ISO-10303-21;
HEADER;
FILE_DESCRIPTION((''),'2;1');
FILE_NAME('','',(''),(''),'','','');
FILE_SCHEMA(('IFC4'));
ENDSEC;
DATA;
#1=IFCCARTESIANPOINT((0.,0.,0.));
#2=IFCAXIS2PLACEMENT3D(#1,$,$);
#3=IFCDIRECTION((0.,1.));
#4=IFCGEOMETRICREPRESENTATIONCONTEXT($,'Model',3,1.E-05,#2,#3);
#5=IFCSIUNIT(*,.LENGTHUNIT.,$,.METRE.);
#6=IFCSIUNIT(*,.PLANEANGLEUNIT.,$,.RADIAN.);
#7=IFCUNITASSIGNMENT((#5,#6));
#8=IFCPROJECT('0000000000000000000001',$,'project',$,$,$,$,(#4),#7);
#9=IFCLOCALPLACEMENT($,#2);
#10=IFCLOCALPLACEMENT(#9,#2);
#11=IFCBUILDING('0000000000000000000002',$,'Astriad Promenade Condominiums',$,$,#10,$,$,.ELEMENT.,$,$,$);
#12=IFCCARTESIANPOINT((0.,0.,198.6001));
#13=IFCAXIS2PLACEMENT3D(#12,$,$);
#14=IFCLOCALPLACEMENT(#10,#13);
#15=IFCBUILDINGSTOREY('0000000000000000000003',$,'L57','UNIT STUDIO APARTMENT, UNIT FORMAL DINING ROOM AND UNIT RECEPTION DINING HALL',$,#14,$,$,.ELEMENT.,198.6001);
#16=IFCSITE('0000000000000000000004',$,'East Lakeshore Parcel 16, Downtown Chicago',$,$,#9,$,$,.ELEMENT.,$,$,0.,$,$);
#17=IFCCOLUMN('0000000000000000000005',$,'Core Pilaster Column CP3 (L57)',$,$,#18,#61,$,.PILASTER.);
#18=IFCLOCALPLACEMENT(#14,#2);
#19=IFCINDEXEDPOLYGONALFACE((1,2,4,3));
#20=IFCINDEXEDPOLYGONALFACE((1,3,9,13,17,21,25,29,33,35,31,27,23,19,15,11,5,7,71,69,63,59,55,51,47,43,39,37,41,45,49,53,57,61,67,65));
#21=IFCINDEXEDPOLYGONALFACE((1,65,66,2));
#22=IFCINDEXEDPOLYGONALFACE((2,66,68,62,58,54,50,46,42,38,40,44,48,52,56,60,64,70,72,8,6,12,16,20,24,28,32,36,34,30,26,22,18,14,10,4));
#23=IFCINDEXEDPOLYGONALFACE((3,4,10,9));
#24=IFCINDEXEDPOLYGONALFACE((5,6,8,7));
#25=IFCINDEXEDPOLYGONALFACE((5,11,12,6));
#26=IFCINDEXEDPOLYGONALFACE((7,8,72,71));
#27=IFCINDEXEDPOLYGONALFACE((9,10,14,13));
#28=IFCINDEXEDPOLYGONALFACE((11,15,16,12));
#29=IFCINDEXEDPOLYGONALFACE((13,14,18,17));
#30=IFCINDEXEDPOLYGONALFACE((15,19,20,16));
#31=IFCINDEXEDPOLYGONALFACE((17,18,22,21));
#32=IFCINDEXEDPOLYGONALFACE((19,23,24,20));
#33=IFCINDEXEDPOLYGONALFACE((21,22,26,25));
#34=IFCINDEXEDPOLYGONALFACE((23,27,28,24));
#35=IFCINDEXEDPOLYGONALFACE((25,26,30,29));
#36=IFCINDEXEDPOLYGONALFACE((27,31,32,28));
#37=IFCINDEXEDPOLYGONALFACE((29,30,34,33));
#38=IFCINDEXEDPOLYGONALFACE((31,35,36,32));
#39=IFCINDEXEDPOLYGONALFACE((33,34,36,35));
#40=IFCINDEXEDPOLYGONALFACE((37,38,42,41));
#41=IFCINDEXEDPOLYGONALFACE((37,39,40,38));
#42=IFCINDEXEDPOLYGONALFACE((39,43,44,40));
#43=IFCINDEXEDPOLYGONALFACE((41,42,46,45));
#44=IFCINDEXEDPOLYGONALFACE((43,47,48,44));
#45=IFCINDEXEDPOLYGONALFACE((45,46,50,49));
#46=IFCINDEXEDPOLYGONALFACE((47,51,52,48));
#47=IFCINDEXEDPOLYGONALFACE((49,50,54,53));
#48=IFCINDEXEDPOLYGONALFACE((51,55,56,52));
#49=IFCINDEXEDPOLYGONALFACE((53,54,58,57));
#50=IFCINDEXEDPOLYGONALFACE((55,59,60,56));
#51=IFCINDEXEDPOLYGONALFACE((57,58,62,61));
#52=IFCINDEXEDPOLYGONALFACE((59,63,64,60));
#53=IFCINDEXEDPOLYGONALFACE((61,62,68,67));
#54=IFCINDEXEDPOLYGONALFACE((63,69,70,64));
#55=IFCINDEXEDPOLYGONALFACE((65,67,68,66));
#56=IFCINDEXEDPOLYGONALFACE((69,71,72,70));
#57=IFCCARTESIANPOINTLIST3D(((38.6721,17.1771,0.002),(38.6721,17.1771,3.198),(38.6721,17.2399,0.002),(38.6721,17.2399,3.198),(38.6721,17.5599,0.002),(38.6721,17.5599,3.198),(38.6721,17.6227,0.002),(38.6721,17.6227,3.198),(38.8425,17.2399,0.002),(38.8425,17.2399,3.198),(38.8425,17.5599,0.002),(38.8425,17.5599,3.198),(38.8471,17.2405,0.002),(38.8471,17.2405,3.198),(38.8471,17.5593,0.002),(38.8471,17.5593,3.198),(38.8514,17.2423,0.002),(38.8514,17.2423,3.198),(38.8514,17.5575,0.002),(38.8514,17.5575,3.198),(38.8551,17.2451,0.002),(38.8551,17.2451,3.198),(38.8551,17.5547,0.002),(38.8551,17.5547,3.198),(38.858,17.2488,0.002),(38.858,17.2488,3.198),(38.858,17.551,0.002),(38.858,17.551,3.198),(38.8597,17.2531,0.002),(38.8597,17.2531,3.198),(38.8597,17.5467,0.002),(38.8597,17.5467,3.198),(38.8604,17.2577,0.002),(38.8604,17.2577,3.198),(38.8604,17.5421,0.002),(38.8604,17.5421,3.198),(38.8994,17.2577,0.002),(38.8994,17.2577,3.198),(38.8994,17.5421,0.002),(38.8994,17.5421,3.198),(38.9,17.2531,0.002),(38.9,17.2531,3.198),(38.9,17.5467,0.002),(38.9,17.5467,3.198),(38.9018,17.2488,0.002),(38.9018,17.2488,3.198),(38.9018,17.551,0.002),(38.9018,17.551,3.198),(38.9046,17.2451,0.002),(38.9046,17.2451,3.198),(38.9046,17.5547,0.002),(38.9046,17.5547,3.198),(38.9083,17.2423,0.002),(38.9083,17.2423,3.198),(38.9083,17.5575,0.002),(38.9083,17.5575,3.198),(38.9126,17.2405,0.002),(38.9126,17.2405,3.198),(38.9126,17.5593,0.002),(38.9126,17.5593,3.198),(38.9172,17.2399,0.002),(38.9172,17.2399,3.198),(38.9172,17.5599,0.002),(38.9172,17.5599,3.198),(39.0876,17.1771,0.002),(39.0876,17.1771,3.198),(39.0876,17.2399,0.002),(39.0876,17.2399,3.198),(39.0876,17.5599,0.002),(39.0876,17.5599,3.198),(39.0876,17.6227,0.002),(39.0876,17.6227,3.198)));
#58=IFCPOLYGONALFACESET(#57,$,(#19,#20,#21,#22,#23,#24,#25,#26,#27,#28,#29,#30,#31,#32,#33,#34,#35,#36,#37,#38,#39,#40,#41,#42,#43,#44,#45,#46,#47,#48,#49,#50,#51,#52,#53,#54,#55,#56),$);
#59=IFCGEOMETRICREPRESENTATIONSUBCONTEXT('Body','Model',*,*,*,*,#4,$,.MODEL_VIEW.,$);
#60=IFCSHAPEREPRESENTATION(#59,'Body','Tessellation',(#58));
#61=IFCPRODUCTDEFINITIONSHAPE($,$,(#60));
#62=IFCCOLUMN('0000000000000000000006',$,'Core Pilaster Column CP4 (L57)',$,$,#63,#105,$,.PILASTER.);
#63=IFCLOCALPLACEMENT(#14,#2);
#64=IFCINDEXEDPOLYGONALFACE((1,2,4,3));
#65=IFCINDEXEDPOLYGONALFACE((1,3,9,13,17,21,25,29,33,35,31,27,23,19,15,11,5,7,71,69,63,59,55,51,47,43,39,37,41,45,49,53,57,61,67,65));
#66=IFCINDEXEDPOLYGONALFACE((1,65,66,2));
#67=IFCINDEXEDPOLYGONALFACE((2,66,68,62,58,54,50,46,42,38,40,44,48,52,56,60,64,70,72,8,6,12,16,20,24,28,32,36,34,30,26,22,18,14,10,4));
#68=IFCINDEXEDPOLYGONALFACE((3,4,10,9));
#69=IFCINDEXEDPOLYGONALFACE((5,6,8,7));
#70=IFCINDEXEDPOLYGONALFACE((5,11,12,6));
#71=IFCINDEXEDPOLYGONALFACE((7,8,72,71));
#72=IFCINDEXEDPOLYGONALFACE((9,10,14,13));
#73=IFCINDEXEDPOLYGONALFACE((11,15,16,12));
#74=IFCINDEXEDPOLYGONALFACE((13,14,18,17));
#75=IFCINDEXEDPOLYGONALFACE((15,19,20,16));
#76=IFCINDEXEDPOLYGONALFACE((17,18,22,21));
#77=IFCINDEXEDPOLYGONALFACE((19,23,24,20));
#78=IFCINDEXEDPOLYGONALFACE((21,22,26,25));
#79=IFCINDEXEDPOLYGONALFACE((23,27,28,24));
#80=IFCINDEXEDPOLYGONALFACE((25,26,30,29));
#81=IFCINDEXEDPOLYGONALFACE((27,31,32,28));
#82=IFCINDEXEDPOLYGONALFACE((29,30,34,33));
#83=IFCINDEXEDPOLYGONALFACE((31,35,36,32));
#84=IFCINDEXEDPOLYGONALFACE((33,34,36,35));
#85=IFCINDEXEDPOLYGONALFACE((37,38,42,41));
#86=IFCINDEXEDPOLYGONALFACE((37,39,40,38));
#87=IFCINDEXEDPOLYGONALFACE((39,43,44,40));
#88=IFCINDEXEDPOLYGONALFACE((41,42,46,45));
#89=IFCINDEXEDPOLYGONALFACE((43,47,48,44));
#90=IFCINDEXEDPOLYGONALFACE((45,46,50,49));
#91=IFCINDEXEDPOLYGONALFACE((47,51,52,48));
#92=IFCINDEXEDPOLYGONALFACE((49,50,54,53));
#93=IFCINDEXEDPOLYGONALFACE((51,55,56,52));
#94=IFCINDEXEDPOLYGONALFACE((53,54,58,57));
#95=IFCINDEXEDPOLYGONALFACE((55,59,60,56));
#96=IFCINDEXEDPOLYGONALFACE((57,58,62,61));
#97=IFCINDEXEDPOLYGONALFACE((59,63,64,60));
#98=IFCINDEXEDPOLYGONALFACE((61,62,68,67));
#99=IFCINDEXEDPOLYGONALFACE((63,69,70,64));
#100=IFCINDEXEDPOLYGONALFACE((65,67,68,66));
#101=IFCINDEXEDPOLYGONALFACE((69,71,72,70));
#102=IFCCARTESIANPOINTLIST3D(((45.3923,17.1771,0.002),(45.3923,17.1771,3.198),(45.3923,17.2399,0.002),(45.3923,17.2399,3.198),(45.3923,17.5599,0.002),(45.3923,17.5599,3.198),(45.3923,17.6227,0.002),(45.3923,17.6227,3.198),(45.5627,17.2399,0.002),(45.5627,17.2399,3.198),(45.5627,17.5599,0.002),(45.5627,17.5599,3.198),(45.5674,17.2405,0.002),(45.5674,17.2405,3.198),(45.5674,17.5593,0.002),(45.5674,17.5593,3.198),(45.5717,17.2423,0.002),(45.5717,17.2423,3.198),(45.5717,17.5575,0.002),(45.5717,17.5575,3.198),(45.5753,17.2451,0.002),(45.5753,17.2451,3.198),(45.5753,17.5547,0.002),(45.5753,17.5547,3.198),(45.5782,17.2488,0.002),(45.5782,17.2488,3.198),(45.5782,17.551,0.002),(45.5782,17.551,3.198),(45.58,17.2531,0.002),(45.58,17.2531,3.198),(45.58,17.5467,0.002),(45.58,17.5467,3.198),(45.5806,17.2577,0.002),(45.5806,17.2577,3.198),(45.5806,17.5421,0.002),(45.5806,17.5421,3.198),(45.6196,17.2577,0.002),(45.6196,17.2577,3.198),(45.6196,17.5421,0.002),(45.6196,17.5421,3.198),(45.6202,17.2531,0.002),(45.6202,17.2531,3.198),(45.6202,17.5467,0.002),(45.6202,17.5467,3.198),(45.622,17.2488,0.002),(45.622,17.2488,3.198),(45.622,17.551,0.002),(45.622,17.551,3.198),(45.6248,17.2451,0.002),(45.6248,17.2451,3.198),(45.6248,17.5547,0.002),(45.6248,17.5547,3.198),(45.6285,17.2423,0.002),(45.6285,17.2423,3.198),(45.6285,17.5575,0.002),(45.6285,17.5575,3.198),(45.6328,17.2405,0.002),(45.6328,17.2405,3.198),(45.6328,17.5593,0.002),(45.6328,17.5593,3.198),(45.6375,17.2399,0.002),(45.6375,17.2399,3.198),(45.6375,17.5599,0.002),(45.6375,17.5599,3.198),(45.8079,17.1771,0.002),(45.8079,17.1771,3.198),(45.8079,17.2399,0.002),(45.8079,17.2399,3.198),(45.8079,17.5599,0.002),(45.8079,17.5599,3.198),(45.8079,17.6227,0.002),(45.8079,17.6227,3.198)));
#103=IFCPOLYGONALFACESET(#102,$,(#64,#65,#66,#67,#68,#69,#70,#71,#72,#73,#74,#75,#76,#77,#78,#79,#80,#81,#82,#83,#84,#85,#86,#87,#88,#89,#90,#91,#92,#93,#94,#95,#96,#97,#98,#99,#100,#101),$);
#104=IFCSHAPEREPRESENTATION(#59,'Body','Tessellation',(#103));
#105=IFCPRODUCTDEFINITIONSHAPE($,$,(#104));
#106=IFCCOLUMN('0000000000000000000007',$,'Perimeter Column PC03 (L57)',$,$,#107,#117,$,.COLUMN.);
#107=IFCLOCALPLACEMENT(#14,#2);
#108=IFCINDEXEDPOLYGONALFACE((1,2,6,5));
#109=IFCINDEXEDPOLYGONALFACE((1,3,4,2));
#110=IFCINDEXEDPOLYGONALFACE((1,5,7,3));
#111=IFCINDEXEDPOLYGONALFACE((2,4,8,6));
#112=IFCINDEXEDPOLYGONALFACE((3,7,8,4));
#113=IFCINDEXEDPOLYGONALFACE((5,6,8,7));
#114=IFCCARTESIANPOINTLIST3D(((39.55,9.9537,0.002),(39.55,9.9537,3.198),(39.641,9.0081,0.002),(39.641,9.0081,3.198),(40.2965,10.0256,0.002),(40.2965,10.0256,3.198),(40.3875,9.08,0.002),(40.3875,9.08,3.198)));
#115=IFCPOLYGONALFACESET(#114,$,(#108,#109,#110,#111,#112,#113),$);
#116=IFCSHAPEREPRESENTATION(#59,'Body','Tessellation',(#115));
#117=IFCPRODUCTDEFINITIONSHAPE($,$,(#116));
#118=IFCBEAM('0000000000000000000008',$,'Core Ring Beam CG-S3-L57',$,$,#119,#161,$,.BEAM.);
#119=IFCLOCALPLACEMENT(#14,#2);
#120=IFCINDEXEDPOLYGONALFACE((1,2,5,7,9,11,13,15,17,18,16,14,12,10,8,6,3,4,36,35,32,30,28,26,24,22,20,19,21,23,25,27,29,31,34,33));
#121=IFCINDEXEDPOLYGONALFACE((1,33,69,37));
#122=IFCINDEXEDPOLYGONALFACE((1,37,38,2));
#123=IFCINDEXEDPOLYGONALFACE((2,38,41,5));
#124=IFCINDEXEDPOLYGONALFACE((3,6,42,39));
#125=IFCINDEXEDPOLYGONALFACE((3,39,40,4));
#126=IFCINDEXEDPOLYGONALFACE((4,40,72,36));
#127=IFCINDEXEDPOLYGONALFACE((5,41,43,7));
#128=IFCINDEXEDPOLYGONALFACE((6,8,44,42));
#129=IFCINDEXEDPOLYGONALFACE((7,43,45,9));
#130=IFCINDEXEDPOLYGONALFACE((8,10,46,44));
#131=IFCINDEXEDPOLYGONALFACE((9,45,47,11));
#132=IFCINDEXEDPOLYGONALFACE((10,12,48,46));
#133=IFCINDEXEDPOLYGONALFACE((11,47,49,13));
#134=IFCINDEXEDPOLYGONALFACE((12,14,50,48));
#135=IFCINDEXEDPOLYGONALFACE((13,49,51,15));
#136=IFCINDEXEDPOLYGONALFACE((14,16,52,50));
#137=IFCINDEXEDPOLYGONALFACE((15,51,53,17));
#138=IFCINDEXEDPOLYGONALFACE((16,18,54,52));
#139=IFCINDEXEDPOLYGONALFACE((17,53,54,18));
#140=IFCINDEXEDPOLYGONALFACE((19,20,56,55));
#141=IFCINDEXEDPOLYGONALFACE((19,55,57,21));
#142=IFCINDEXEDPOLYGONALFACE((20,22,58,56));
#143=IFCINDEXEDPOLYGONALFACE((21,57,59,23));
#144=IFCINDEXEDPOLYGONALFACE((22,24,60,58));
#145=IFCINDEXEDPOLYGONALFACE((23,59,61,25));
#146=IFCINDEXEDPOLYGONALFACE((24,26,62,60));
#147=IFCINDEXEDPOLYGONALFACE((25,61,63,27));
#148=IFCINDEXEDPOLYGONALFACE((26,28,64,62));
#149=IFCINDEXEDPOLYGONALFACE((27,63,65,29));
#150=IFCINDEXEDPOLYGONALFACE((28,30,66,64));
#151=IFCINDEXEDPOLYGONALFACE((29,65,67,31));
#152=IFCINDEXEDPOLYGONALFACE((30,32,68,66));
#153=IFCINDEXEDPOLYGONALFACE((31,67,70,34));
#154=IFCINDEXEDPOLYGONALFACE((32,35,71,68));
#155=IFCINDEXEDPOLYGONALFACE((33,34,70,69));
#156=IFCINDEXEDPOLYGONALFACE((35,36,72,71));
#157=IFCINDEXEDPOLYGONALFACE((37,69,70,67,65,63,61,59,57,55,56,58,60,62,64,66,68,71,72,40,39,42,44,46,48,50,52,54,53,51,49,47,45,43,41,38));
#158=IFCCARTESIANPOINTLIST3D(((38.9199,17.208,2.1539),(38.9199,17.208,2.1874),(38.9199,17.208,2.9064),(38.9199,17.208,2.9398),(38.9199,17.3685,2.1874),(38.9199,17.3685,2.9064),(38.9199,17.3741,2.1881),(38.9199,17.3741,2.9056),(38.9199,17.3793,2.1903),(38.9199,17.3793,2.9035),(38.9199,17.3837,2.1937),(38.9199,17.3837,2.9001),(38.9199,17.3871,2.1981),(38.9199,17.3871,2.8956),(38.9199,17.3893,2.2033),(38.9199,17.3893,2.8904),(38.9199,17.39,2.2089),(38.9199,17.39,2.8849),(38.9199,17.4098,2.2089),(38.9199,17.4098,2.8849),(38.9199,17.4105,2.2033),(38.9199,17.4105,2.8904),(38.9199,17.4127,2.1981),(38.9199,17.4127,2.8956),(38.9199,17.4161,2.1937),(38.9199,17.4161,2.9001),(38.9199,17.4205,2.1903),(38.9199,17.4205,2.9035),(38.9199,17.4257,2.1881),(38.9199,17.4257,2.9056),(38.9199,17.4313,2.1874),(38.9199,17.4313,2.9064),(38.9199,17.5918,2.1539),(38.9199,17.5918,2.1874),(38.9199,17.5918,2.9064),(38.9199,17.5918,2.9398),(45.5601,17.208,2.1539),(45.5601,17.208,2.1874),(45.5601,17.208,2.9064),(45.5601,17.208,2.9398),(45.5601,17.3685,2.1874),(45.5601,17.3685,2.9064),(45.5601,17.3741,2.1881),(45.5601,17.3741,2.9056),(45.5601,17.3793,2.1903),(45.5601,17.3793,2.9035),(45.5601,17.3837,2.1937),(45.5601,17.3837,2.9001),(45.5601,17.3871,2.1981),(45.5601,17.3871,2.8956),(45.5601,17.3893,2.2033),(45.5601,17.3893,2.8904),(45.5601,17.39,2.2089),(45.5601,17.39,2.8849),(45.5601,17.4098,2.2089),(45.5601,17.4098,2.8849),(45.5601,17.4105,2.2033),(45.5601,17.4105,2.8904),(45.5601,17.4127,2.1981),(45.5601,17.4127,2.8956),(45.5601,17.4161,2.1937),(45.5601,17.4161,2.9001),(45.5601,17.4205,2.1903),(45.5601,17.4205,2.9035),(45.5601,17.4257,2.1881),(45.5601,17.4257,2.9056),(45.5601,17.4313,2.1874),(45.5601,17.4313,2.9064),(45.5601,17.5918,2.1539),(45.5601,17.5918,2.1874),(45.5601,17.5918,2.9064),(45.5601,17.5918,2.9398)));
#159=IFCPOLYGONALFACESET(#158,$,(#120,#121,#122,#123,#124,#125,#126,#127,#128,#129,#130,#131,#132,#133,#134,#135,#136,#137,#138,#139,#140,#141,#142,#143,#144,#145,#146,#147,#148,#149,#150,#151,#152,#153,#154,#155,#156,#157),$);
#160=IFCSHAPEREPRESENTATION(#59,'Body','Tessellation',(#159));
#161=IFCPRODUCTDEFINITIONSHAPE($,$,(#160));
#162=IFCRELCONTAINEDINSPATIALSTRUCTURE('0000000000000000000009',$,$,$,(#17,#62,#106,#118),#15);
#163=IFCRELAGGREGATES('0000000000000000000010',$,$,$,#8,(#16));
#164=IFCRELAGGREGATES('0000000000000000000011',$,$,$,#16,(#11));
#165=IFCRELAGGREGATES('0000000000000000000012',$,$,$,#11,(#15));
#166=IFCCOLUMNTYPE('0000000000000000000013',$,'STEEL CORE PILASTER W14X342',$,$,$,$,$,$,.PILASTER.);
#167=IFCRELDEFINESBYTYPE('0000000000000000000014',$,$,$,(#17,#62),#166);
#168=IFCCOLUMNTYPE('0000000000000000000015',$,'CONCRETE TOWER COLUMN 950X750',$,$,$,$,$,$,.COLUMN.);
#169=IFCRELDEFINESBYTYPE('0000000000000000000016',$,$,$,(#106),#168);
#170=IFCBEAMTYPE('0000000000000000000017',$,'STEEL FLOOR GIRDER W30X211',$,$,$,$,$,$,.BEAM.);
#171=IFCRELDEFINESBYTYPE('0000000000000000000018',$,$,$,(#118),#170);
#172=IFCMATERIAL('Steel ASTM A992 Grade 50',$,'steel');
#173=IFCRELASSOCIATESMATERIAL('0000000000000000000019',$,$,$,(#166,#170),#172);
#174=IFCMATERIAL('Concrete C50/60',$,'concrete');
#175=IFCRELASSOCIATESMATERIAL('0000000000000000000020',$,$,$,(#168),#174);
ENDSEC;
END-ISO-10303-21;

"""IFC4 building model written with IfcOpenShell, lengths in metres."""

from ifc_helpers import new_model, si_unit, direction, frame, origin, origin_2d, place, context, subcontext, project, spatial, rectangle, i_section, extrude, source, transform, mapped, material, material_profile, profile_set, type_object, type_shapes, element, save


model = new_model("IFC4")

# Units and contexts
model_context = context("Model", 3, precision=1e-05, world=origin(), true_north=direction((0.0, 1.0)))
body_context = subcontext(model_context, "Body", "Model", "MODEL_VIEW")
ifc_project = project(units=[si_unit("LENGTHUNIT", "METRE"), si_unit("PLANEANGLEUNIT", "RADIAN")], contexts=[model_context])

# Site, building, storey
site_placement = place(None, origin())
site = spatial("IfcSite", under=ifc_project, at=site_placement, Name="East Lakeshore Parcel 16, Downtown Chicago", CompositionType="ELEMENT", RefElevation=0.0)
building_placement = place(site_placement, origin())
building = spatial("IfcBuilding", under=site, at=building_placement, Name="Astriad Promenade Condominiums", CompositionType="ELEMENT")
storey_placement = place(building_placement, frame((0.0, 0.0, 198.6001)))
storey = spatial("IfcBuildingStorey", under=building, at=storey_placement, Name="L57", Description="UNIT STUDIO APARTMENT, UNIT FORMAL DINING ROOM AND UNIT RECEPTION DINING HALL", CompositionType="ELEMENT", Elevation=198.6001)

# Columns
ifc_material_1 = material(Name="Steel ASTM A992 Grade 50", Category="steel")
ifc_material_profile_1 = material_profile(ifc_material_1, i_section(OverallWidth=0.4155, OverallDepth=0.4456, WebThickness=0.0391, FlangeThickness=0.0627, FilletRadius=0.0178, at=origin_2d()), Name="W14X342")
ifc_profile_set_1 = profile_set([ifc_material_profile_1], Name="Steel ASTM A992 Grade 50")
column_type_1 = type_object("IfcColumnType", Name="STEEL CORE PILASTER W14X342", PredefinedType="PILASTER", material=ifc_profile_set_1)
shared_shape_1 = source(origin(), body_context, "Body", "SweptSolid", [
    extrude(i_section(OverallWidth=0.4155, OverallDepth=0.4456, WebThickness=0.0391, FlangeThickness=0.0627, FilletRadius=0.0178, at=origin_2d()), origin(), (0.0, 0.0, 1.0), 3.196),
])
type_shapes(column_type_1, [shared_shape_1])
for number, where, z_axis, x_axis, name in (
    (1, (38.8799, 17.3999, 0.002), (0.0, 0.0, 1.0), (1.0, 0.0, 0.0), "Core Pilaster Column CP3 (L57)"),
    (2, (45.6001, 17.3999, 0.002), (0.0, 0.0, 1.0), (1.0, 0.0, 0.0), "Core Pilaster Column CP4 (L57)"),
):
    element("IfcColumn", number, at=place(storey_placement, frame(where, z_axis=z_axis, x_axis=x_axis)), inside=storey, type_object=column_type_1, Name=name, PredefinedType="PILASTER", context=body_context, shape_type="MappedRepresentation", body=[
        mapped(shared_shape_1, transform((0.0, 0.0, 0.0), scale=1.0)),
    ])
ifc_material_2 = material(Name="Concrete C50/60", Category="concrete")
ifc_material_profile_2 = material_profile(ifc_material_2, rectangle(XDim=0.75, YDim=0.95, at=origin_2d()), Name="RC-COL-950X750")
ifc_profile_set_2 = profile_set([ifc_material_profile_2], Name="Concrete C50/60")
column_type_2 = type_object("IfcColumnType", Name="CONCRETE TOWER COLUMN 950X750", PredefinedType="COLUMN", material=ifc_profile_set_2)
shared_shape_2 = source(origin(), body_context, "Body", "SweptSolid", [
    extrude(rectangle(XDim=0.75, YDim=0.95, at=origin_2d()), origin(), (0.0, 0.0, 1.0), 3.196),
])
type_shapes(column_type_2, [shared_shape_2])
column_placement = place(storey_placement, frame((39.9688, 9.5168, 0.002), z_axis=(0.0, 0.0, 1.0), x_axis=(0.995396, 0.095846, 0.0)))
element("IfcColumn", 3, at=column_placement, inside=storey, type_object=column_type_2, Name="Perimeter Column PC03 (L57)", PredefinedType="COLUMN", context=body_context, shape_type="MappedRepresentation", body=[
    mapped(shared_shape_2, transform((0.0, 0.0, 0.0), scale=1.0)),
])

# Beam
ifc_material_profile_3 = material_profile(ifc_material_1, i_section(OverallWidth=0.3838, OverallDepth=0.7859, WebThickness=0.0198, FlangeThickness=0.0334, FilletRadius=0.0215, at=origin_2d()), Name="W30X211")
ifc_profile_set_3 = profile_set([ifc_material_profile_3], Name="Steel ASTM A992 Grade 50")
beam_type_1 = type_object("IfcBeamType", Name="STEEL FLOOR GIRDER W30X211", PredefinedType="BEAM", material=ifc_profile_set_3)
shared_shape_3 = source(origin(), body_context, "Body", "SweptSolid", [
    extrude(i_section(OverallWidth=0.3838, OverallDepth=0.7859, WebThickness=0.0198, FlangeThickness=0.0334, FilletRadius=0.0215, at=origin_2d()), origin(), (0.0, 0.0, 1.0), 6.6401),
])
type_shapes(beam_type_1, [shared_shape_3])
beam_1_placement = place(storey_placement, frame((38.9199, 17.3999, 2.5469), z_axis=(1.0, 0.0, 0.0), x_axis=(0.0, 1.0, 0.0)))
element("IfcBeam", 4, at=beam_1_placement, inside=storey, type_object=beam_type_1, Name="Core Ring Beam CG-S3-L57", PredefinedType="BEAM", context=body_context, shape_type="MappedRepresentation", body=[
    mapped(shared_shape_3, transform((0.0, 0.0, 0.0), scale=1.0)),
])

save(model, "model.ifc")
